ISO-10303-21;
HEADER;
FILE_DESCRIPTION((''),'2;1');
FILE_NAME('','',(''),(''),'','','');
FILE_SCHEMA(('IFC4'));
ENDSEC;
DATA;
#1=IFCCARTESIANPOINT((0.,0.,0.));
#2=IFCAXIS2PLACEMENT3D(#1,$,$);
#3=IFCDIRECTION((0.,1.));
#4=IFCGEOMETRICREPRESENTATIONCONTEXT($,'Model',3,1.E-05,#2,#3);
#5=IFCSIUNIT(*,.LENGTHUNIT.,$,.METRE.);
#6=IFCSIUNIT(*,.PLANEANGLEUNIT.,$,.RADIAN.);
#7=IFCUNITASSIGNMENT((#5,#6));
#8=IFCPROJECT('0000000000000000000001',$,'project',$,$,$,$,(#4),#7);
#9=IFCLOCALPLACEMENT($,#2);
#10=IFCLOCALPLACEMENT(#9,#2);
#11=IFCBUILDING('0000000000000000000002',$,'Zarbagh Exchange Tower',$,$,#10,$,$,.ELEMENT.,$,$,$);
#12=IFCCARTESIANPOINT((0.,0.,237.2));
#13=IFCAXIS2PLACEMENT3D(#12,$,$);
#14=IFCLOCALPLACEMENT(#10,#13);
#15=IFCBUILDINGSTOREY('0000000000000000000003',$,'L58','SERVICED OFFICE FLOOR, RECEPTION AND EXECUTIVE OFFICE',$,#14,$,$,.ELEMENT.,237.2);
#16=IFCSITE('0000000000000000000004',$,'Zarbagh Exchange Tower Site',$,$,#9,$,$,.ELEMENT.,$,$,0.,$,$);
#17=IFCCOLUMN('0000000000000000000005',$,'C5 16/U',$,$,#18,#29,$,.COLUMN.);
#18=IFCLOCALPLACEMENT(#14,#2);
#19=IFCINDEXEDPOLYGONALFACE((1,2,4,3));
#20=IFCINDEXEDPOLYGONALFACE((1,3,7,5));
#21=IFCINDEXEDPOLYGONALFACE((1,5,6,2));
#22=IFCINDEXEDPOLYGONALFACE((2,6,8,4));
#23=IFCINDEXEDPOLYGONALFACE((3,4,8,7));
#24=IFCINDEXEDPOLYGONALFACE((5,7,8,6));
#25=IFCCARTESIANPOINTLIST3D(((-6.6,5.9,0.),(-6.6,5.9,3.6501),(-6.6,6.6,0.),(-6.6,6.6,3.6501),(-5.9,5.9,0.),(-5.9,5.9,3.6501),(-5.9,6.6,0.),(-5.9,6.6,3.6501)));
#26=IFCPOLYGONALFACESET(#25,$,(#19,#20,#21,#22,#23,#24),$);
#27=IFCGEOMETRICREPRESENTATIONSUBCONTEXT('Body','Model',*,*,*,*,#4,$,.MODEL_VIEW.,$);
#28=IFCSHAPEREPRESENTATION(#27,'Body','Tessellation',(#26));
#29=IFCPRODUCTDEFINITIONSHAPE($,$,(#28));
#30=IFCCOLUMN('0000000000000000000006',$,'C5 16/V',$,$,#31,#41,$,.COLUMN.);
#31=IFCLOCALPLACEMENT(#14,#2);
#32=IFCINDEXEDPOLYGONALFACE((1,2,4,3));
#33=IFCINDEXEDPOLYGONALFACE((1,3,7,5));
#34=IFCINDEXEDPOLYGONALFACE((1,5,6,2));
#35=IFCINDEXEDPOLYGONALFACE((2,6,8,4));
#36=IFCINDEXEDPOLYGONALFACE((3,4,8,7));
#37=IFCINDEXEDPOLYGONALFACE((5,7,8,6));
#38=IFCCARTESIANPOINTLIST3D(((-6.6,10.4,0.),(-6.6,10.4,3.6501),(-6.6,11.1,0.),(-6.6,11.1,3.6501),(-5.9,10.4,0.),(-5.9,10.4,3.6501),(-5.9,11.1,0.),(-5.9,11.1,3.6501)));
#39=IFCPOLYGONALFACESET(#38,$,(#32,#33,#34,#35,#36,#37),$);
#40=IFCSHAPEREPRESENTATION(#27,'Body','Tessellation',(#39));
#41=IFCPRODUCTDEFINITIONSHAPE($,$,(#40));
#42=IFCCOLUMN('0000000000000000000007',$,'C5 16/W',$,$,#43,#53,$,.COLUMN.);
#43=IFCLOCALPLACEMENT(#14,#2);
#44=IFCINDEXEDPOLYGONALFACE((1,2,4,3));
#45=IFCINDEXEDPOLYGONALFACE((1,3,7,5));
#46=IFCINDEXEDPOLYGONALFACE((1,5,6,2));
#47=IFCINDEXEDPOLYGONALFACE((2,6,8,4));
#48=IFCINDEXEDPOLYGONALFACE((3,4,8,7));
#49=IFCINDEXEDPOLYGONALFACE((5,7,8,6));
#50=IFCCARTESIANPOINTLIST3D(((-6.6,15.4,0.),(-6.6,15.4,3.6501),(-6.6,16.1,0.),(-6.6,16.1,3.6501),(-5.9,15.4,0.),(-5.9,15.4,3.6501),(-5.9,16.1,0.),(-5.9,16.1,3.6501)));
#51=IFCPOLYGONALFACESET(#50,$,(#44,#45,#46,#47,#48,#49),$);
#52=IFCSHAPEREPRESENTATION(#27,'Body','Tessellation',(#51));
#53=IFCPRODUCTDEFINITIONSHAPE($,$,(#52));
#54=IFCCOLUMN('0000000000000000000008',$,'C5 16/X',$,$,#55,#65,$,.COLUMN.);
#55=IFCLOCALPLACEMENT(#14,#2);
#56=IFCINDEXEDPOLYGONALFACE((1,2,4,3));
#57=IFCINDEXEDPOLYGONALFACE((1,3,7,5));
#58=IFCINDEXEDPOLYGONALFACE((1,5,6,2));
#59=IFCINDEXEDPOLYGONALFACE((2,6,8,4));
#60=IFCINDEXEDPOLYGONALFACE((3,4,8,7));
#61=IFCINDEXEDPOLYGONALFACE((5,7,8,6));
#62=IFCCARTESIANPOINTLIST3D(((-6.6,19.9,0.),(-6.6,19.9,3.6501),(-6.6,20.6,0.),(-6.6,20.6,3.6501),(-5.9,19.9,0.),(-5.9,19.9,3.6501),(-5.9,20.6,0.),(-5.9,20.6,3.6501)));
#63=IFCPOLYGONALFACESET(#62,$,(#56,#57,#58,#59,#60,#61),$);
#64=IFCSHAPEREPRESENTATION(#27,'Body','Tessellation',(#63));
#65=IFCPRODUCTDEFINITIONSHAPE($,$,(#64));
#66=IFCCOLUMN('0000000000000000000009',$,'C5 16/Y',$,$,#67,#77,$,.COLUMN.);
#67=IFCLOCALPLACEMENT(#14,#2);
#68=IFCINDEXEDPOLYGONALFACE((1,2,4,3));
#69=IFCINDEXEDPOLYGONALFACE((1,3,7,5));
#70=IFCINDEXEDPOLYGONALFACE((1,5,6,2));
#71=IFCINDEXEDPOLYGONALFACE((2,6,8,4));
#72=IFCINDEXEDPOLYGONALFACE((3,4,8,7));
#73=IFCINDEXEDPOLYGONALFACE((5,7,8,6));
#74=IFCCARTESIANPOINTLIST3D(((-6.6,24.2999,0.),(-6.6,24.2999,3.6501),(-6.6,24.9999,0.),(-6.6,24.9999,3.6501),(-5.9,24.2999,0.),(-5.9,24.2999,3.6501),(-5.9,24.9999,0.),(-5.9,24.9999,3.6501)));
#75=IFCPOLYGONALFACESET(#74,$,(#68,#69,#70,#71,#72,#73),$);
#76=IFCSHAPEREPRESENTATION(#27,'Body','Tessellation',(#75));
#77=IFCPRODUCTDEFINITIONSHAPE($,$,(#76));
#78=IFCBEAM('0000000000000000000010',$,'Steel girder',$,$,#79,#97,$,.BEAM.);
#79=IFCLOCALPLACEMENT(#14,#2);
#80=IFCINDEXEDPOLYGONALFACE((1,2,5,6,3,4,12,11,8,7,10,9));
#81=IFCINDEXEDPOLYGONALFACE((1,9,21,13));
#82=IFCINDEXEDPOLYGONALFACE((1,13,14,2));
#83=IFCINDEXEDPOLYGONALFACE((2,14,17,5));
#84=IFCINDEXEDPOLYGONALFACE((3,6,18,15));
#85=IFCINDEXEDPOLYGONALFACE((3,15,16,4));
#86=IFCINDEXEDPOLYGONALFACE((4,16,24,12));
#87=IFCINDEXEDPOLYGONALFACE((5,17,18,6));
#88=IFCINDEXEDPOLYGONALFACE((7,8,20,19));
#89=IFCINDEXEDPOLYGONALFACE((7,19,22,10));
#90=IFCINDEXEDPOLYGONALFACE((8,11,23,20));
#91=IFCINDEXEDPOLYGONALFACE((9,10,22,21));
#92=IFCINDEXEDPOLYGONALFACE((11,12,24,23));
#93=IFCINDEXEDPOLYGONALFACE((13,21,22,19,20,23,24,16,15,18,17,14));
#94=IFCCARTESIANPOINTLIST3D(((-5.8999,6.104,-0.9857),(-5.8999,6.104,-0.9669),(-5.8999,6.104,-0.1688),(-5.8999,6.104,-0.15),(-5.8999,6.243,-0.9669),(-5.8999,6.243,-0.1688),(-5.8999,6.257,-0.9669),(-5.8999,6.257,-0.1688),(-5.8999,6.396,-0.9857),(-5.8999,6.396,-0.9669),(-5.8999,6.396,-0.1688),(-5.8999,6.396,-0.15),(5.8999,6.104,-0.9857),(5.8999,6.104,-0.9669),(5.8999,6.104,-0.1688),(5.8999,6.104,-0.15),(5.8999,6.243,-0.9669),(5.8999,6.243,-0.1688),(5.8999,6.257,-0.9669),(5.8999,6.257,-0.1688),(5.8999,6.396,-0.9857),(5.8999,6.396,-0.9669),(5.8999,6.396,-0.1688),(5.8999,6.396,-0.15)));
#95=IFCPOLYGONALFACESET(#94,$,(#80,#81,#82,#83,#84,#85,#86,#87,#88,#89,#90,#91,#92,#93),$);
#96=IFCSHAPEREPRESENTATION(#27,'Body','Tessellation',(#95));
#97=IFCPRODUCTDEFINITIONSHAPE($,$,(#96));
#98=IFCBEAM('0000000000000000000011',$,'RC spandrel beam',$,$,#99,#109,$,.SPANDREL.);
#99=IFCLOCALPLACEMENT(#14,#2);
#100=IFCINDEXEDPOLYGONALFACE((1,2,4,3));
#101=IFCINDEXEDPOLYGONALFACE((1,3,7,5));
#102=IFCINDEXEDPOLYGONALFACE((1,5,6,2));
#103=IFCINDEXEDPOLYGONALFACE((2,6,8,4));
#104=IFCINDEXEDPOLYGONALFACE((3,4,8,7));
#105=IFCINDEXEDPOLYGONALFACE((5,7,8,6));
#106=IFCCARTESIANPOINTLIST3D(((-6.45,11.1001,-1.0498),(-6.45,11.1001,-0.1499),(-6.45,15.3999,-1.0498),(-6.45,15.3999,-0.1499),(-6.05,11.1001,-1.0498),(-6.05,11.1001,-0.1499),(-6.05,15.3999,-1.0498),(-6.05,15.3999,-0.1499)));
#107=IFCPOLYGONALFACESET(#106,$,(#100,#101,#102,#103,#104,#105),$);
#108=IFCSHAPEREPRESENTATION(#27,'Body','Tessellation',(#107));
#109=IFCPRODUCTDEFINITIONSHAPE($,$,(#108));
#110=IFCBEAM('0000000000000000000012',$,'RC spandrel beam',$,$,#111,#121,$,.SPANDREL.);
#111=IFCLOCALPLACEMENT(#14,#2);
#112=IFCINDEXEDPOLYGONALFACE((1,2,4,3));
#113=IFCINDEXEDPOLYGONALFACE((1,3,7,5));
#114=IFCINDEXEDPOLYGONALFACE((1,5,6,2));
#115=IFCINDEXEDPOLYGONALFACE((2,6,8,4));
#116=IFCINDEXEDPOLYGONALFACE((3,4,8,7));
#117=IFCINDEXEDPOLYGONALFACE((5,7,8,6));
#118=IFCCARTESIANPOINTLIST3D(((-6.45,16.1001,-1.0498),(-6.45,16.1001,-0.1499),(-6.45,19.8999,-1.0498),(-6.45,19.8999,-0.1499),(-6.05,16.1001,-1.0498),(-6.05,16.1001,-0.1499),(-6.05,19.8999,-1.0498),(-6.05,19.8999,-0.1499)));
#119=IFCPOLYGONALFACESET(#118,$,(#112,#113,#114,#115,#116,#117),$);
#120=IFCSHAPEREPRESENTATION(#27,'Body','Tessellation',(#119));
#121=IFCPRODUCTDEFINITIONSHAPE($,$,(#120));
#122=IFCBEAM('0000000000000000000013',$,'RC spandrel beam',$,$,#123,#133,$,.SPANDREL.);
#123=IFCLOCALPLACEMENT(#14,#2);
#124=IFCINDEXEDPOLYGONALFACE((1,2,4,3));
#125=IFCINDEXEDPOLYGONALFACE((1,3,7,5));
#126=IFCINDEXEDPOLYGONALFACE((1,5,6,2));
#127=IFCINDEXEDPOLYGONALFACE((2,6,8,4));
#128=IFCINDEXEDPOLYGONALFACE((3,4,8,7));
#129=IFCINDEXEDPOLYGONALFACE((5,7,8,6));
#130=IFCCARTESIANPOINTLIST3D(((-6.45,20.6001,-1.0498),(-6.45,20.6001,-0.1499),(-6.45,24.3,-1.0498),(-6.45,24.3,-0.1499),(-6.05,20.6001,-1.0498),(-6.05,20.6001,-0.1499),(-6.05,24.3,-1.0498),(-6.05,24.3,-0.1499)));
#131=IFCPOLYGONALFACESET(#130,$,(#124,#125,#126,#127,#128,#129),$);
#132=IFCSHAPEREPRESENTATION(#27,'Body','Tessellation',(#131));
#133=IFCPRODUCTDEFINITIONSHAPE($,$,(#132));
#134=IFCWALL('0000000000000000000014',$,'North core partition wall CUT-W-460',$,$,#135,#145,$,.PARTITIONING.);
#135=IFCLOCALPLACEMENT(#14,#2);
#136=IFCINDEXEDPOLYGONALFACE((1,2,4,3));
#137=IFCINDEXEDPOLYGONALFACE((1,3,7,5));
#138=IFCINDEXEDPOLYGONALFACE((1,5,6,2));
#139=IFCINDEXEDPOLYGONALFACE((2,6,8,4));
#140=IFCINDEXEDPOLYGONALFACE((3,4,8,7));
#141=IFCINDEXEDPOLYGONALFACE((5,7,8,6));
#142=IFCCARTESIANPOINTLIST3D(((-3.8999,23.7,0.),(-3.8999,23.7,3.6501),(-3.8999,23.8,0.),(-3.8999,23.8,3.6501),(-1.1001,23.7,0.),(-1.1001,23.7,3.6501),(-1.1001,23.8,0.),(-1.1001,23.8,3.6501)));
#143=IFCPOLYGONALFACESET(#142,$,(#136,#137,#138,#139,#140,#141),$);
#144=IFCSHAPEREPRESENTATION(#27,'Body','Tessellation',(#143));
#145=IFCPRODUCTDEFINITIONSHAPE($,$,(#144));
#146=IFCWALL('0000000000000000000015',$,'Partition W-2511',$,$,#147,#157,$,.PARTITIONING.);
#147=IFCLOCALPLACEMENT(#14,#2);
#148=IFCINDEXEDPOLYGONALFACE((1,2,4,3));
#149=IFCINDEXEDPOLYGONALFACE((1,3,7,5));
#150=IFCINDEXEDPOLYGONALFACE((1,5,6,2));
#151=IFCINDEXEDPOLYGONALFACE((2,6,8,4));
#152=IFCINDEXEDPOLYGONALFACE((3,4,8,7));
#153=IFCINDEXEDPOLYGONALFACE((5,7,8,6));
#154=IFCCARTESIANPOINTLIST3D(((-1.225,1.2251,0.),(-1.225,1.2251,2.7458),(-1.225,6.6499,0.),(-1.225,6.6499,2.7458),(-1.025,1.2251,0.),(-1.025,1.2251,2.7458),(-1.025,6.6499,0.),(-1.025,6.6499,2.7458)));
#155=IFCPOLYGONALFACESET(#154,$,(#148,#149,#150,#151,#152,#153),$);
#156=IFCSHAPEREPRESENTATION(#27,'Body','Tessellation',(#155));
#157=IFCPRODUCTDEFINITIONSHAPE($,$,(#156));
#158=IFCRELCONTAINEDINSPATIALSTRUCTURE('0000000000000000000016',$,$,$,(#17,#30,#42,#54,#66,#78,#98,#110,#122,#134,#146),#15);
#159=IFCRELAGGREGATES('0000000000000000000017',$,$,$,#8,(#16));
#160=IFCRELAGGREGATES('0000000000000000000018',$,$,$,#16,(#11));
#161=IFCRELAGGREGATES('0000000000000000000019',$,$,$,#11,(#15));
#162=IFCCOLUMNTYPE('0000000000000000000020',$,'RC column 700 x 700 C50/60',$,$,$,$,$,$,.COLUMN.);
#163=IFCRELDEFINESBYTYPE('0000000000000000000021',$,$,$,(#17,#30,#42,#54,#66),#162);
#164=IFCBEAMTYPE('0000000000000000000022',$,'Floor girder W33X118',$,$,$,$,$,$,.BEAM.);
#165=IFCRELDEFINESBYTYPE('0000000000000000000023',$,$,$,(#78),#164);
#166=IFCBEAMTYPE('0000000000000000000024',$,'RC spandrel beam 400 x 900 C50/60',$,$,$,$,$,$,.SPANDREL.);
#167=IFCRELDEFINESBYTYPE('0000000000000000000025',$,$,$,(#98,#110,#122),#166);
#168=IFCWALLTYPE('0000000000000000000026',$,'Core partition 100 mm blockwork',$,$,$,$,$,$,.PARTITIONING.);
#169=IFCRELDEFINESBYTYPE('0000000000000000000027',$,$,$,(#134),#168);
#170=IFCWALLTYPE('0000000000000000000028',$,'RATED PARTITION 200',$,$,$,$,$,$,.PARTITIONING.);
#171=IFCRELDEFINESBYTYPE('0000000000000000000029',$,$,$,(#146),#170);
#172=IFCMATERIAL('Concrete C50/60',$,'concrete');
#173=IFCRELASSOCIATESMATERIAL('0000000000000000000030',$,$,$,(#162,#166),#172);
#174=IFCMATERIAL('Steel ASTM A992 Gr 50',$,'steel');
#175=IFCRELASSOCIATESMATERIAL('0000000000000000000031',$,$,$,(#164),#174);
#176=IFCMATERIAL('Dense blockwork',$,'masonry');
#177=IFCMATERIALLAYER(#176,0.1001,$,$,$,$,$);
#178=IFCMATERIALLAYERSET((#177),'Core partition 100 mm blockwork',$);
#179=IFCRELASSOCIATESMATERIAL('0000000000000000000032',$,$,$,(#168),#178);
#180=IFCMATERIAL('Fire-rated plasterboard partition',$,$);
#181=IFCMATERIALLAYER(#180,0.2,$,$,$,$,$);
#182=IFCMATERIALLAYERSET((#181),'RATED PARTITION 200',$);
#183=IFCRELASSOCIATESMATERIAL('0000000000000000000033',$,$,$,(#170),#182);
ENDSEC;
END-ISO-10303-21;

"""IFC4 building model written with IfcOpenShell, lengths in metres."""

from ifc_helpers import new_model, si_unit, direction, frame, frame_2d, origin, origin_2d, place, context, subcontext, project, spatial, rectangle, i_section, extrude, material, layer, layer_set, material_profile, profile_set, type_object, element, save


model = new_model("IFC4")

# Units and contexts
model_context = context("Model", 3, precision=1e-05, world=origin(), true_north=direction((0.0, 1.0)))
body_context = subcontext(model_context, "Body", "Model", "MODEL_VIEW")
ifc_project = project(units=[si_unit("LENGTHUNIT", "METRE"), si_unit("PLANEANGLEUNIT", "RADIAN")], contexts=[model_context])

# Site, building, storey
site_placement = place(None, origin())
site = spatial("IfcSite", under=ifc_project, at=site_placement, Name="Zarbagh Exchange Tower Site", CompositionType="ELEMENT", RefElevation=0.0)
building_placement = place(site_placement, origin())
building = spatial("IfcBuilding", under=site, at=building_placement, Name="Zarbagh Exchange Tower", CompositionType="ELEMENT")
storey_placement = place(building_placement, frame((0.0, 0.0, 237.2)))
storey = spatial("IfcBuildingStorey", under=building, at=storey_placement, Name="L58", Description="SERVICED OFFICE FLOOR, RECEPTION AND EXECUTIVE OFFICE", CompositionType="ELEMENT", Elevation=237.2)

# Columns
ifc_material_1 = material(Name="Concrete C50/60", Category="concrete")
ifc_material_profile_1 = material_profile(ifc_material_1, rectangle(XDim=0.7, YDim=0.7, at=origin_2d()), Name="RC column 700 x 700 C50/60")
ifc_profile_set_1 = profile_set([ifc_material_profile_1], Name="Concrete C50/60")
column_type = type_object("IfcColumnType", Name="RC column 700 x 700 C50/60", PredefinedType="COLUMN", material=ifc_profile_set_1)
for number, where, z_axis, x_axis, name in (
    (1, (-6.25, 6.25, 0.0), (0.0, 0.0, 1.0), (1.0, 0.0, 0.0), "C5 16/U"),
    (2, (-6.25, 10.75, 0.0), (0.0, 0.0, 1.0), (1.0, 0.0, 0.0), "C5 16/V"),
    (3, (-6.25, 15.75, 0.0), (0.0, 0.0, 1.0), (1.0, 0.0, 0.0), "C5 16/W"),
    (4, (-6.25, 20.25, 0.0), (0.0, 0.0, 1.0), (1.0, 0.0, 0.0), "C5 16/X"),
    (5, (-6.25, 24.6499, 0.0), (0.0, 0.0, 1.0), (1.0, 0.0, 0.0), "C5 16/Y"),
):
    element("IfcColumn", number, at=place(storey_placement, frame(where, z_axis=z_axis, x_axis=x_axis)), inside=storey, type_object=column_type, Name=name, PredefinedType="COLUMN", context=body_context, shape_type="SweptSolid", body=[
        extrude(rectangle(XDim=0.7, YDim=0.7, at=origin_2d()), origin(), (0.0, 0.0, 1.0), 3.6501),
    ])

# Beams
ifc_material_2 = material(Name="Steel ASTM A992 Gr 50", Category="steel")
ifc_material_profile_2 = material_profile(ifc_material_2, i_section(OverallWidth=0.292, OverallDepth=0.8357, WebThickness=0.0139, FlangeThickness=0.0188, at=origin_2d()), Name="W33X118")
ifc_profile_set_2 = profile_set([ifc_material_profile_2], Name="Steel ASTM A992 Gr 50")
beam_type_1 = type_object("IfcBeamType", Name="Floor girder W33X118", PredefinedType="BEAM", material=ifc_profile_set_2)
beam_1_placement = place(storey_placement, frame((-5.8999, 6.25, -0.5679), z_axis=(1.0, 0.0, 0.0), x_axis=(0.0, 1.0, 0.0)))
element("IfcBeam", 6, at=beam_1_placement, inside=storey, type_object=beam_type_1, Name="Steel girder", PredefinedType="BEAM", context=body_context, shape_type="SweptSolid", body=[
    extrude(i_section(OverallWidth=0.292, OverallDepth=0.8357, WebThickness=0.0139, FlangeThickness=0.0188, at=origin_2d()), origin(), (0.0, 0.0, 1.0), 11.7998),
])
ifc_material_profile_3 = material_profile(ifc_material_1, rectangle(XDim=0.3999, YDim=0.8999, at=origin_2d()), Name="RC spandrel beam 400 x 900 C50/60")
ifc_profile_set_3 = profile_set([ifc_material_profile_3], Name="Concrete C50/60")
beam_type_2 = type_object("IfcBeamType", Name="RC spandrel beam 400 x 900 C50/60", PredefinedType="SPANDREL", material=ifc_profile_set_3)
beam_2_placement = place(storey_placement, frame((-6.25, 11.1001, -0.5999), z_axis=(0.0, 1.0, 0.0), x_axis=(-1.0, 0.0, 0.0)))
element("IfcBeam", 7, at=beam_2_placement, inside=storey, type_object=beam_type_2, Name="RC spandrel beam", PredefinedType="SPANDREL", context=body_context, shape_type="SweptSolid", body=[
    extrude(rectangle(XDim=0.3999, YDim=0.8999, at=origin_2d()), origin(), (0.0, 0.0, 1.0), 4.2998),
])
beam_3_placement = place(storey_placement, frame((-6.25, 16.1001, -0.5999), z_axis=(0.0, 1.0, 0.0), x_axis=(-1.0, 0.0, 0.0)))
element("IfcBeam", 8, at=beam_3_placement, inside=storey, type_object=beam_type_2, Name="RC spandrel beam", PredefinedType="SPANDREL", context=body_context, shape_type="SweptSolid", body=[
    extrude(rectangle(XDim=0.3999, YDim=0.8999, at=origin_2d()), origin(), (0.0, 0.0, 1.0), 3.7998),
])
beam_4_placement = place(storey_placement, frame((-6.25, 20.6001, -0.5999), z_axis=(0.0, 1.0, 0.0), x_axis=(-1.0, 0.0, 0.0)))
element("IfcBeam", 9, at=beam_4_placement, inside=storey, type_object=beam_type_2, Name="RC spandrel beam", PredefinedType="SPANDREL", context=body_context, shape_type="SweptSolid", body=[
    extrude(rectangle(XDim=0.3999, YDim=0.8999, at=origin_2d()), origin(), (0.0, 0.0, 1.0), 3.7),
])

# Walls
ifc_material_3 = material(Name="Dense blockwork", Category="masonry")
ifc_layer_1 = layer(ifc_material_3, 0.1001)
ifc_layer_set_1 = layer_set([ifc_layer_1], Name="Core partition 100 mm blockwork")
wall_type_1 = type_object("IfcWallType", Name="Core partition 100 mm blockwork", PredefinedType="PARTITIONING", material=ifc_layer_set_1)
wall_1_placement = place(storey_placement, frame((-3.8999, 23.75, 0.0), z_axis=(0.0, 0.0, 1.0), x_axis=(1.0, 0.0, 0.0)))
element("IfcWall", 10, at=wall_1_placement, inside=storey, type_object=wall_type_1, Name="North core partition wall CUT-W-460", PredefinedType="PARTITIONING", context=body_context, shape_type="SweptSolid", body=[
    extrude(rectangle(XDim=2.7998, YDim=0.1001, at=frame_2d((1.3999, 0.0))), origin(), (0.0, 0.0, 1.0), 3.6501),
])
ifc_material_4 = material(Name="Fire-rated plasterboard partition")
ifc_layer_2 = layer(ifc_material_4, 0.2)
ifc_layer_set_2 = layer_set([ifc_layer_2], Name="RATED PARTITION 200")
wall_type_2 = type_object("IfcWallType", Name="RATED PARTITION 200", PredefinedType="PARTITIONING", material=ifc_layer_set_2)
wall_2_placement = place(storey_placement, frame((-1.125, 1.2251, 0.0), z_axis=(0.0, 0.0, 1.0), x_axis=(0.0, 1.0, 0.0)))
element("IfcWall", 11, at=wall_2_placement, inside=storey, type_object=wall_type_2, Name="Partition W-2511", PredefinedType="PARTITIONING", context=body_context, shape_type="SweptSolid", body=[
    extrude(rectangle(XDim=5.4248, YDim=0.2, at=frame_2d((2.7124, 0.0))), origin(), (0.0, 0.0, 1.0), 2.7458),
])

save(model, "model.ifc")
